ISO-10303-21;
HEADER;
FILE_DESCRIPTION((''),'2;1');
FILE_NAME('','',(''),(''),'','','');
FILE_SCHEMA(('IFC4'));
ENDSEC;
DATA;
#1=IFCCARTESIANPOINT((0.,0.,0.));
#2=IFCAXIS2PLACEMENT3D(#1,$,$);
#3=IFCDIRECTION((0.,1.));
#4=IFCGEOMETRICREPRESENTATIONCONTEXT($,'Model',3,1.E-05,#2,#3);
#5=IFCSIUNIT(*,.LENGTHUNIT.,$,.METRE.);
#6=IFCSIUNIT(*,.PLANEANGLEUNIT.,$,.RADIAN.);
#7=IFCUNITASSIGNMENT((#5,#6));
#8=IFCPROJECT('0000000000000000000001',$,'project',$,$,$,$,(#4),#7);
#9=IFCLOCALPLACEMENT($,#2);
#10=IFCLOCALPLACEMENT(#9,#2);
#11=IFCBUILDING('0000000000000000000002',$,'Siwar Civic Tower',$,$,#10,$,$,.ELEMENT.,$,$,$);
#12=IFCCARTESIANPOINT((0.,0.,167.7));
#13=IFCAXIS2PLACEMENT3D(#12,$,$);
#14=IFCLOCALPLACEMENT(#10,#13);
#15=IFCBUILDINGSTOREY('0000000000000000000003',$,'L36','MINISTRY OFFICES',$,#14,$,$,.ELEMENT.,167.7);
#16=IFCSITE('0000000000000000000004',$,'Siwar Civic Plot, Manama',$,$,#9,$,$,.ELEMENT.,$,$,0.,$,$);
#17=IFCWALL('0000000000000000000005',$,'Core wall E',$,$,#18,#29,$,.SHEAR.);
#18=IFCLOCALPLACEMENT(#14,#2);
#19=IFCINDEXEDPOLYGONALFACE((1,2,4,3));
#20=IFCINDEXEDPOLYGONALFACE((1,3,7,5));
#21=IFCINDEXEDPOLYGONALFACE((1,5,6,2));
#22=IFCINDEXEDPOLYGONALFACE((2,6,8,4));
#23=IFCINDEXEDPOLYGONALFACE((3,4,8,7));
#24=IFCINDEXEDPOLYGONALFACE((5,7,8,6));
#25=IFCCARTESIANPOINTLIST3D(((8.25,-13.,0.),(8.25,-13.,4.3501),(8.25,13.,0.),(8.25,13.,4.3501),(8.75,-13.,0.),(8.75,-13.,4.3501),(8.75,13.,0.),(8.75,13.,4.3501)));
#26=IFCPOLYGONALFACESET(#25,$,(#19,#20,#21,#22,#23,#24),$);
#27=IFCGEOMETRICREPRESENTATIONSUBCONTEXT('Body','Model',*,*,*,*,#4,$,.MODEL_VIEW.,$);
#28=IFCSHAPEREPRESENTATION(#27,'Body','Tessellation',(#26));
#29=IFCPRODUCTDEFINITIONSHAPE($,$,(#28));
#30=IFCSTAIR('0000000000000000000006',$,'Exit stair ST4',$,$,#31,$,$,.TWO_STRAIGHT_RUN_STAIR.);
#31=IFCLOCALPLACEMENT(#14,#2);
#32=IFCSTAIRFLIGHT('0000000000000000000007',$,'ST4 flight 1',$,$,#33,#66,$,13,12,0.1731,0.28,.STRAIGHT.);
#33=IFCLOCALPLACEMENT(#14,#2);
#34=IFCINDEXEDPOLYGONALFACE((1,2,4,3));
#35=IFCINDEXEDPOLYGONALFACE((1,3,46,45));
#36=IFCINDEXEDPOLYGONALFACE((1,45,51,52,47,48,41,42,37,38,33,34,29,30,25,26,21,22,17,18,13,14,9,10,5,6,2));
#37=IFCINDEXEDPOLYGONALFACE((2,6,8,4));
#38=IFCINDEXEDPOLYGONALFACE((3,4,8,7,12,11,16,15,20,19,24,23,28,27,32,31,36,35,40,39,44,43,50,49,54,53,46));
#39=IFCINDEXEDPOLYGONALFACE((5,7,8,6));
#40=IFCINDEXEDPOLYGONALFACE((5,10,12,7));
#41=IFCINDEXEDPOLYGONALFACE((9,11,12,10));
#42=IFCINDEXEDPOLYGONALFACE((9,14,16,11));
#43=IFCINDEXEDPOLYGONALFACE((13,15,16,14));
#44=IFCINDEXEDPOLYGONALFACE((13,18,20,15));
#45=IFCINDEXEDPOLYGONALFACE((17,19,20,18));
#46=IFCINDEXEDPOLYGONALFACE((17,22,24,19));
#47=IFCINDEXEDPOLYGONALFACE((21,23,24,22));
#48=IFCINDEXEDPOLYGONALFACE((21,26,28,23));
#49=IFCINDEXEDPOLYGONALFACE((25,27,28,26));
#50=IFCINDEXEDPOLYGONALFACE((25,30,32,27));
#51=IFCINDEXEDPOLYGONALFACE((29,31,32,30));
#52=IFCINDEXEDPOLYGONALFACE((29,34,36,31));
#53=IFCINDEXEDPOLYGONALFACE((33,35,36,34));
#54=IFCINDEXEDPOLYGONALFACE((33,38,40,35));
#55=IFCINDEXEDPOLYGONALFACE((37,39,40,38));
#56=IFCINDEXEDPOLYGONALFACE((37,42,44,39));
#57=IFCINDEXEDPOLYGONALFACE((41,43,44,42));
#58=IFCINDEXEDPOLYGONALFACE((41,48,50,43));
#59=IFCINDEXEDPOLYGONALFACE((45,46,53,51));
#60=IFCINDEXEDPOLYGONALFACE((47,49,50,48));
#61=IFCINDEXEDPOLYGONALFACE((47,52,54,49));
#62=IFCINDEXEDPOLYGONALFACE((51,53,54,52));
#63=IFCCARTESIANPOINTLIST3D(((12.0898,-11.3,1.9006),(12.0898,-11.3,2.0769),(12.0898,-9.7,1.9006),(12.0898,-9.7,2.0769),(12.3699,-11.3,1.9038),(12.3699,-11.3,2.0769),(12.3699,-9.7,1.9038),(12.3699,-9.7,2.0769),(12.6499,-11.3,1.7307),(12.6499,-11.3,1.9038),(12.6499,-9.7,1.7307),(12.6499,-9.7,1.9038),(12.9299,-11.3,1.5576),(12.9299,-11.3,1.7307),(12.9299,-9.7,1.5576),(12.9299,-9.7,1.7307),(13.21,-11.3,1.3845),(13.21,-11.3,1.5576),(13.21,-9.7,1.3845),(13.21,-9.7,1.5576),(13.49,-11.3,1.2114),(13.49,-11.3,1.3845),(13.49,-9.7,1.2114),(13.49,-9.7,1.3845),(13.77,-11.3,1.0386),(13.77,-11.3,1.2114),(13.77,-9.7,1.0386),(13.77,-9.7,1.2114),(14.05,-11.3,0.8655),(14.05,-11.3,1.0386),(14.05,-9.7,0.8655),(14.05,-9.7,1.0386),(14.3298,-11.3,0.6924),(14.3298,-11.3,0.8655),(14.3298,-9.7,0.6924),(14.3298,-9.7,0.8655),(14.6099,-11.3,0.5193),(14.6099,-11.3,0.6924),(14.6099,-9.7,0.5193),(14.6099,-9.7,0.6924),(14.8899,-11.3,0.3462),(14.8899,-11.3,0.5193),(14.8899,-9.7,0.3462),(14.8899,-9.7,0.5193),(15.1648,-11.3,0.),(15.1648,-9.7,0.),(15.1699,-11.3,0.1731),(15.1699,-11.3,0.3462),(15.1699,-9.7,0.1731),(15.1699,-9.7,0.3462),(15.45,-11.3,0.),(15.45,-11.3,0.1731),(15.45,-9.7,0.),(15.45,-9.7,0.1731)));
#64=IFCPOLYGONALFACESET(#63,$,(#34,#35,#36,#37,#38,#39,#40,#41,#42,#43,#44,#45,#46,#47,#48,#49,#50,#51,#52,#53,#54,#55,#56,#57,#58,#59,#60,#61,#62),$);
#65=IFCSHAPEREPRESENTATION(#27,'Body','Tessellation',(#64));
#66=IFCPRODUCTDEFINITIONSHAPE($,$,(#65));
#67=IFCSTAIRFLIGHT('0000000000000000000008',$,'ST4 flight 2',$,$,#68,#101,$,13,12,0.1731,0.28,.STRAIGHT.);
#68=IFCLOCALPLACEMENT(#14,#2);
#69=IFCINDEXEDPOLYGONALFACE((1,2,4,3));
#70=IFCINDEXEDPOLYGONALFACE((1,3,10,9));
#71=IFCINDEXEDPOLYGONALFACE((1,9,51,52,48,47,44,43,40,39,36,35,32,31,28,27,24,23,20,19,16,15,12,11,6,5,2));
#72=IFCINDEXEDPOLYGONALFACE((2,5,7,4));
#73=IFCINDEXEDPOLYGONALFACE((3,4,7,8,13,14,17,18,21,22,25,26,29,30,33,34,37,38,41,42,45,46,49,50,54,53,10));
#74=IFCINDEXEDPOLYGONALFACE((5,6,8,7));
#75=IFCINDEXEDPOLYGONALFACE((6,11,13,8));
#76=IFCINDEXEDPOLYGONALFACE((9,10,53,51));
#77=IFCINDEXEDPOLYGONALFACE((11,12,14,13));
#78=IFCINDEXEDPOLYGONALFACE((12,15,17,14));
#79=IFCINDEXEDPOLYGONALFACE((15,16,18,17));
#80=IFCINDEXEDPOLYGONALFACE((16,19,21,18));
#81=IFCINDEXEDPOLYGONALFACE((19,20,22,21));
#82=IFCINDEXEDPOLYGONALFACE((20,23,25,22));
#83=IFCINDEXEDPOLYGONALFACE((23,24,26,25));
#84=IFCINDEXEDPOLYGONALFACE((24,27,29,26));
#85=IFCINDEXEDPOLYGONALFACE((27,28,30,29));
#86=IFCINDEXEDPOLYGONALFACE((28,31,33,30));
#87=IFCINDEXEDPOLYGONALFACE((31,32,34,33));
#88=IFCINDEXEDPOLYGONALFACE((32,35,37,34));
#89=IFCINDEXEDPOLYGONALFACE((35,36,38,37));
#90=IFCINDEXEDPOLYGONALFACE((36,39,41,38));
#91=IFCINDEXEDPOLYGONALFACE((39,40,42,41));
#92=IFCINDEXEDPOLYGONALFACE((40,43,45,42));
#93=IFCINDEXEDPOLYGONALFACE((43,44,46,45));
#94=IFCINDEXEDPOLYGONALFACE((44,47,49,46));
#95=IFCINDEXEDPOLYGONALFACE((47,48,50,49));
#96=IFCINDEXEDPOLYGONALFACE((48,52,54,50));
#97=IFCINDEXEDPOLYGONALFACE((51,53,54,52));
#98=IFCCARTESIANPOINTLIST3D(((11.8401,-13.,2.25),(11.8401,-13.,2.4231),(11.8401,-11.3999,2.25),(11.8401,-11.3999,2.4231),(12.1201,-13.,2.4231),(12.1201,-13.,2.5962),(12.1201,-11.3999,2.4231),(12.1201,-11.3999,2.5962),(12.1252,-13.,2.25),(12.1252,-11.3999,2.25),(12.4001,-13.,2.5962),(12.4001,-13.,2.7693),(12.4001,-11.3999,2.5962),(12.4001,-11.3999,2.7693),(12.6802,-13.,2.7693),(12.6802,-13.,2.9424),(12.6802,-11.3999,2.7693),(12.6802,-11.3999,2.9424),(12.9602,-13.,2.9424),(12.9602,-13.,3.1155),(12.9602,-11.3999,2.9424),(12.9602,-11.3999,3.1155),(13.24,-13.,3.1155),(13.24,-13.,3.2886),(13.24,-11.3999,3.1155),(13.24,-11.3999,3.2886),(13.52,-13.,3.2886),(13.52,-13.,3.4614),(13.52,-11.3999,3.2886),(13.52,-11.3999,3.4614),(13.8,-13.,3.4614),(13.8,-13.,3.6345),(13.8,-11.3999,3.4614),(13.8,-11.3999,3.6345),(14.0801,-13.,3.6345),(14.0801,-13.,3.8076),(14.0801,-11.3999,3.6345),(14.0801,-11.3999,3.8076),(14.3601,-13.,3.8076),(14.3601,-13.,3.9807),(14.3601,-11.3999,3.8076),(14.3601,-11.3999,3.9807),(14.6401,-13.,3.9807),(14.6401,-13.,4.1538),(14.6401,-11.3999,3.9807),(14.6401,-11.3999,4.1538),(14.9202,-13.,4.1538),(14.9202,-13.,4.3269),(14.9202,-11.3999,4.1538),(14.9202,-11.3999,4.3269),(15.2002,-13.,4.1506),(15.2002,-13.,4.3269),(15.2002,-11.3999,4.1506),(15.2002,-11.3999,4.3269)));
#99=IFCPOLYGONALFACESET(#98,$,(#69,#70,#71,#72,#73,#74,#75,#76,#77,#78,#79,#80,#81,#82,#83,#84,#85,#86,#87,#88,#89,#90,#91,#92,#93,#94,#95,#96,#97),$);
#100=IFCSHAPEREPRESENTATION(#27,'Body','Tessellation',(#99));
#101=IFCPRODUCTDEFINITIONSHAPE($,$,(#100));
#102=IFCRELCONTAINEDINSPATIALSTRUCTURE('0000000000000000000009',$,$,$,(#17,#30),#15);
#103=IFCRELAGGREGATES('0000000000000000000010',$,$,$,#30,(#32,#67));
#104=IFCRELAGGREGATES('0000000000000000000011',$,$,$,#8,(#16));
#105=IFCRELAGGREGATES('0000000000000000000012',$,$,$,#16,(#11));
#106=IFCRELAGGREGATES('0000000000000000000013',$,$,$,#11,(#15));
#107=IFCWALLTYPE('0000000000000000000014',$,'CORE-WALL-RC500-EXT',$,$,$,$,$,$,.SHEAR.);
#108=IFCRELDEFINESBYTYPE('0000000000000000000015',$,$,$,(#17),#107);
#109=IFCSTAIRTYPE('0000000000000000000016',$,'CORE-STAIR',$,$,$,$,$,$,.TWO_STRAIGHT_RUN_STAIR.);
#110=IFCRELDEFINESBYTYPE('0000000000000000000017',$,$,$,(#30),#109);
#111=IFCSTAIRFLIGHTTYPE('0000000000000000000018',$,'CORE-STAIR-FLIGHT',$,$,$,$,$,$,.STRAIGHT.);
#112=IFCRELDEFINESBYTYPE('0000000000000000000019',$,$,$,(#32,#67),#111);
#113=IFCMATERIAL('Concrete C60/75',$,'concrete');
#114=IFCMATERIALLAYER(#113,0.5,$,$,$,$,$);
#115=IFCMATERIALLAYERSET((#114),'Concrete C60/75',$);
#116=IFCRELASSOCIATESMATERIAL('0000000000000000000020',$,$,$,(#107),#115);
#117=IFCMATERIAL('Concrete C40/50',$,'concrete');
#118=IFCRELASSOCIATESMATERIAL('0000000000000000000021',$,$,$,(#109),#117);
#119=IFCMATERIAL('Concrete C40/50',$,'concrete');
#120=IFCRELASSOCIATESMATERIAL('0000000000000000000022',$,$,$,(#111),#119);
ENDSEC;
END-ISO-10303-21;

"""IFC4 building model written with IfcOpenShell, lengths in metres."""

from ifc_helpers import new_model, si_unit, direction, frame, frame_2d, origin, place, context, subcontext, project, spatial, polyline, rectangle, outline, extrude, material, layer, layer_set, type_object, element, aggregate, save


model = new_model("IFC4")

# Units and contexts
model_context = context("Model", 3, precision=1e-05, world=origin(), true_north=direction((0.0, 1.0)))
body_context = subcontext(model_context, "Body", "Model", "MODEL_VIEW")
ifc_project = project(units=[si_unit("LENGTHUNIT", "METRE"), si_unit("PLANEANGLEUNIT", "RADIAN")], contexts=[model_context])

# Site, building, storey
site_placement = place(None, origin())
site = spatial("IfcSite", under=ifc_project, at=site_placement, Name="Siwar Civic Plot, Manama", CompositionType="ELEMENT", RefElevation=0.0)
building_placement = place(site_placement, origin())
building = spatial("IfcBuilding", under=site, at=building_placement, Name="Siwar Civic Tower", CompositionType="ELEMENT")
storey_placement = place(building_placement, frame((0.0, 0.0, 167.7)))
storey = spatial("IfcBuildingStorey", under=building, at=storey_placement, Name="L36", Description="MINISTRY OFFICES", CompositionType="ELEMENT", Elevation=167.7)

# Wall
ifc_material_1 = material(Name="Concrete C60/75", Category="concrete")
ifc_layer_1 = layer(ifc_material_1, 0.5)
ifc_layer_set_1 = layer_set([ifc_layer_1], Name="Concrete C60/75")
wall_type_1 = type_object("IfcWallType", Name="CORE-WALL-RC500-EXT", PredefinedType="SHEAR", material=ifc_layer_set_1)
wall_1_placement = place(storey_placement, frame((8.5, -13.0, 0.0), z_axis=(0.0, 0.0, 1.0), x_axis=(0.0, 1.0, 0.0)))
element("IfcWall", 1, at=wall_1_placement, inside=storey, type_object=wall_type_1, Name="Core wall E", PredefinedType="SHEAR", context=body_context, shape_type="SweptSolid", body=[
    extrude(rectangle(XDim=26.0, YDim=0.5, at=frame_2d((13.0, 0.0))), origin(), (0.0, 0.0, 1.0), 4.3501),
])

# Stair, stair flights
ifc_material_2 = material(Name="Concrete C40/50", Category="concrete")
stair_type = type_object("IfcStairType", Name="CORE-STAIR", PredefinedType="TWO_STRAIGHT_RUN_STAIR", material=ifc_material_2)
stair_placement = place(storey_placement, origin())
stair = element("IfcStair", 2, at=stair_placement, inside=storey, type_object=stair_type, Name="Exit stair ST4", PredefinedType="TWO_STRAIGHT_RUN_STAIR")
ifc_material_3 = material(Name="Concrete C40/50", Category="concrete")
stair_flight_type = type_object("IfcStairFlightType", Name="CORE-STAIR-FLIGHT", PredefinedType="STRAIGHT", material=ifc_material_3)
stair_flight_1_placement = place(storey_placement, frame((15.45, -10.5, 0.0), z_axis=(0.0, 0.0, 1.0), x_axis=(-1.0, 0.0, 0.0)))
stair_flight_1 = element("IfcStairFlight", 3, at=stair_flight_1_placement, type_object=stair_flight_type, Name="ST4 flight 1", NumberOfRisers=13, NumberOfTreads=12, PredefinedType="STRAIGHT", RiserHeight=0.1731, TreadLength=0.28, context=body_context, shape_type="SweptSolid", body=[
    extrude(outline(polyline([(0.0, 0.0), (0.0, 0.1731), (0.28, 0.1731), (0.28, 0.3462), (0.5601, 0.3462), (0.5601, 0.5193), (0.8401, 0.5193), (0.8401, 0.6924), (1.1201, 0.6924), (1.1201, 0.8655), (1.3999, 0.8655), (1.3999, 1.0386), (1.6799, 1.0386), (1.6799, 1.2114), (1.96, 1.2114), (1.96, 1.3845), (2.24, 1.3845), (2.24, 1.5576), (2.52, 1.5576), (2.52, 1.7307), (2.8, 1.7307), (2.8, 1.9038), (3.0801, 1.9038), (3.0801, 2.0769), (3.3601, 2.0769), (3.3601, 2.25), (3.3601, 1.9006), (0.2852, 0.0), (0.0, 0.0)])), frame((0.0, 0.8, 0.0), z_axis=(0.0, -1.0, 0.0), x_axis=(1.0, 0.0, 0.0)), (0.0, 0.0, 1.0), 1.6001),
])
stair_flight_2_placement = place(storey_placement, frame((11.8401, -12.2, 2.25), z_axis=(0.0, 0.0, 1.0), x_axis=(1.0, 0.0, 0.0)))
stair_flight_2 = element("IfcStairFlight", 4, at=stair_flight_2_placement, type_object=stair_flight_type, Name="ST4 flight 2", NumberOfRisers=13, NumberOfTreads=12, PredefinedType="STRAIGHT", RiserHeight=0.1731, TreadLength=0.28, context=body_context, shape_type="SweptSolid", body=[
    extrude(outline(polyline([(0.0, 0.0), (0.0, 0.1731), (0.28, 0.1731), (0.28, 0.3462), (0.5601, 0.3462), (0.5601, 0.5193), (0.8401, 0.5193), (0.8401, 0.6924), (1.1201, 0.6924), (1.1201, 0.8655), (1.3999, 0.8655), (1.3999, 1.0386), (1.6799, 1.0386), (1.6799, 1.2114), (1.96, 1.2114), (1.96, 1.3845), (2.24, 1.3845), (2.24, 1.5576), (2.52, 1.5576), (2.52, 1.7307), (2.8, 1.7307), (2.8, 1.9038), (3.0801, 1.9038), (3.0801, 2.0769), (3.3601, 2.0769), (3.3601, 2.25), (3.3601, 1.9006), (0.2852, 0.0), (0.0, 0.0)])), frame((0.0, 0.8, 0.0), z_axis=(0.0, -1.0, 0.0), x_axis=(1.0, 0.0, 0.0)), (0.0, 0.0, 1.0), 1.6001),
])
aggregate(stair, [stair_flight_1, stair_flight_2])

save(model, "model.ifc")
